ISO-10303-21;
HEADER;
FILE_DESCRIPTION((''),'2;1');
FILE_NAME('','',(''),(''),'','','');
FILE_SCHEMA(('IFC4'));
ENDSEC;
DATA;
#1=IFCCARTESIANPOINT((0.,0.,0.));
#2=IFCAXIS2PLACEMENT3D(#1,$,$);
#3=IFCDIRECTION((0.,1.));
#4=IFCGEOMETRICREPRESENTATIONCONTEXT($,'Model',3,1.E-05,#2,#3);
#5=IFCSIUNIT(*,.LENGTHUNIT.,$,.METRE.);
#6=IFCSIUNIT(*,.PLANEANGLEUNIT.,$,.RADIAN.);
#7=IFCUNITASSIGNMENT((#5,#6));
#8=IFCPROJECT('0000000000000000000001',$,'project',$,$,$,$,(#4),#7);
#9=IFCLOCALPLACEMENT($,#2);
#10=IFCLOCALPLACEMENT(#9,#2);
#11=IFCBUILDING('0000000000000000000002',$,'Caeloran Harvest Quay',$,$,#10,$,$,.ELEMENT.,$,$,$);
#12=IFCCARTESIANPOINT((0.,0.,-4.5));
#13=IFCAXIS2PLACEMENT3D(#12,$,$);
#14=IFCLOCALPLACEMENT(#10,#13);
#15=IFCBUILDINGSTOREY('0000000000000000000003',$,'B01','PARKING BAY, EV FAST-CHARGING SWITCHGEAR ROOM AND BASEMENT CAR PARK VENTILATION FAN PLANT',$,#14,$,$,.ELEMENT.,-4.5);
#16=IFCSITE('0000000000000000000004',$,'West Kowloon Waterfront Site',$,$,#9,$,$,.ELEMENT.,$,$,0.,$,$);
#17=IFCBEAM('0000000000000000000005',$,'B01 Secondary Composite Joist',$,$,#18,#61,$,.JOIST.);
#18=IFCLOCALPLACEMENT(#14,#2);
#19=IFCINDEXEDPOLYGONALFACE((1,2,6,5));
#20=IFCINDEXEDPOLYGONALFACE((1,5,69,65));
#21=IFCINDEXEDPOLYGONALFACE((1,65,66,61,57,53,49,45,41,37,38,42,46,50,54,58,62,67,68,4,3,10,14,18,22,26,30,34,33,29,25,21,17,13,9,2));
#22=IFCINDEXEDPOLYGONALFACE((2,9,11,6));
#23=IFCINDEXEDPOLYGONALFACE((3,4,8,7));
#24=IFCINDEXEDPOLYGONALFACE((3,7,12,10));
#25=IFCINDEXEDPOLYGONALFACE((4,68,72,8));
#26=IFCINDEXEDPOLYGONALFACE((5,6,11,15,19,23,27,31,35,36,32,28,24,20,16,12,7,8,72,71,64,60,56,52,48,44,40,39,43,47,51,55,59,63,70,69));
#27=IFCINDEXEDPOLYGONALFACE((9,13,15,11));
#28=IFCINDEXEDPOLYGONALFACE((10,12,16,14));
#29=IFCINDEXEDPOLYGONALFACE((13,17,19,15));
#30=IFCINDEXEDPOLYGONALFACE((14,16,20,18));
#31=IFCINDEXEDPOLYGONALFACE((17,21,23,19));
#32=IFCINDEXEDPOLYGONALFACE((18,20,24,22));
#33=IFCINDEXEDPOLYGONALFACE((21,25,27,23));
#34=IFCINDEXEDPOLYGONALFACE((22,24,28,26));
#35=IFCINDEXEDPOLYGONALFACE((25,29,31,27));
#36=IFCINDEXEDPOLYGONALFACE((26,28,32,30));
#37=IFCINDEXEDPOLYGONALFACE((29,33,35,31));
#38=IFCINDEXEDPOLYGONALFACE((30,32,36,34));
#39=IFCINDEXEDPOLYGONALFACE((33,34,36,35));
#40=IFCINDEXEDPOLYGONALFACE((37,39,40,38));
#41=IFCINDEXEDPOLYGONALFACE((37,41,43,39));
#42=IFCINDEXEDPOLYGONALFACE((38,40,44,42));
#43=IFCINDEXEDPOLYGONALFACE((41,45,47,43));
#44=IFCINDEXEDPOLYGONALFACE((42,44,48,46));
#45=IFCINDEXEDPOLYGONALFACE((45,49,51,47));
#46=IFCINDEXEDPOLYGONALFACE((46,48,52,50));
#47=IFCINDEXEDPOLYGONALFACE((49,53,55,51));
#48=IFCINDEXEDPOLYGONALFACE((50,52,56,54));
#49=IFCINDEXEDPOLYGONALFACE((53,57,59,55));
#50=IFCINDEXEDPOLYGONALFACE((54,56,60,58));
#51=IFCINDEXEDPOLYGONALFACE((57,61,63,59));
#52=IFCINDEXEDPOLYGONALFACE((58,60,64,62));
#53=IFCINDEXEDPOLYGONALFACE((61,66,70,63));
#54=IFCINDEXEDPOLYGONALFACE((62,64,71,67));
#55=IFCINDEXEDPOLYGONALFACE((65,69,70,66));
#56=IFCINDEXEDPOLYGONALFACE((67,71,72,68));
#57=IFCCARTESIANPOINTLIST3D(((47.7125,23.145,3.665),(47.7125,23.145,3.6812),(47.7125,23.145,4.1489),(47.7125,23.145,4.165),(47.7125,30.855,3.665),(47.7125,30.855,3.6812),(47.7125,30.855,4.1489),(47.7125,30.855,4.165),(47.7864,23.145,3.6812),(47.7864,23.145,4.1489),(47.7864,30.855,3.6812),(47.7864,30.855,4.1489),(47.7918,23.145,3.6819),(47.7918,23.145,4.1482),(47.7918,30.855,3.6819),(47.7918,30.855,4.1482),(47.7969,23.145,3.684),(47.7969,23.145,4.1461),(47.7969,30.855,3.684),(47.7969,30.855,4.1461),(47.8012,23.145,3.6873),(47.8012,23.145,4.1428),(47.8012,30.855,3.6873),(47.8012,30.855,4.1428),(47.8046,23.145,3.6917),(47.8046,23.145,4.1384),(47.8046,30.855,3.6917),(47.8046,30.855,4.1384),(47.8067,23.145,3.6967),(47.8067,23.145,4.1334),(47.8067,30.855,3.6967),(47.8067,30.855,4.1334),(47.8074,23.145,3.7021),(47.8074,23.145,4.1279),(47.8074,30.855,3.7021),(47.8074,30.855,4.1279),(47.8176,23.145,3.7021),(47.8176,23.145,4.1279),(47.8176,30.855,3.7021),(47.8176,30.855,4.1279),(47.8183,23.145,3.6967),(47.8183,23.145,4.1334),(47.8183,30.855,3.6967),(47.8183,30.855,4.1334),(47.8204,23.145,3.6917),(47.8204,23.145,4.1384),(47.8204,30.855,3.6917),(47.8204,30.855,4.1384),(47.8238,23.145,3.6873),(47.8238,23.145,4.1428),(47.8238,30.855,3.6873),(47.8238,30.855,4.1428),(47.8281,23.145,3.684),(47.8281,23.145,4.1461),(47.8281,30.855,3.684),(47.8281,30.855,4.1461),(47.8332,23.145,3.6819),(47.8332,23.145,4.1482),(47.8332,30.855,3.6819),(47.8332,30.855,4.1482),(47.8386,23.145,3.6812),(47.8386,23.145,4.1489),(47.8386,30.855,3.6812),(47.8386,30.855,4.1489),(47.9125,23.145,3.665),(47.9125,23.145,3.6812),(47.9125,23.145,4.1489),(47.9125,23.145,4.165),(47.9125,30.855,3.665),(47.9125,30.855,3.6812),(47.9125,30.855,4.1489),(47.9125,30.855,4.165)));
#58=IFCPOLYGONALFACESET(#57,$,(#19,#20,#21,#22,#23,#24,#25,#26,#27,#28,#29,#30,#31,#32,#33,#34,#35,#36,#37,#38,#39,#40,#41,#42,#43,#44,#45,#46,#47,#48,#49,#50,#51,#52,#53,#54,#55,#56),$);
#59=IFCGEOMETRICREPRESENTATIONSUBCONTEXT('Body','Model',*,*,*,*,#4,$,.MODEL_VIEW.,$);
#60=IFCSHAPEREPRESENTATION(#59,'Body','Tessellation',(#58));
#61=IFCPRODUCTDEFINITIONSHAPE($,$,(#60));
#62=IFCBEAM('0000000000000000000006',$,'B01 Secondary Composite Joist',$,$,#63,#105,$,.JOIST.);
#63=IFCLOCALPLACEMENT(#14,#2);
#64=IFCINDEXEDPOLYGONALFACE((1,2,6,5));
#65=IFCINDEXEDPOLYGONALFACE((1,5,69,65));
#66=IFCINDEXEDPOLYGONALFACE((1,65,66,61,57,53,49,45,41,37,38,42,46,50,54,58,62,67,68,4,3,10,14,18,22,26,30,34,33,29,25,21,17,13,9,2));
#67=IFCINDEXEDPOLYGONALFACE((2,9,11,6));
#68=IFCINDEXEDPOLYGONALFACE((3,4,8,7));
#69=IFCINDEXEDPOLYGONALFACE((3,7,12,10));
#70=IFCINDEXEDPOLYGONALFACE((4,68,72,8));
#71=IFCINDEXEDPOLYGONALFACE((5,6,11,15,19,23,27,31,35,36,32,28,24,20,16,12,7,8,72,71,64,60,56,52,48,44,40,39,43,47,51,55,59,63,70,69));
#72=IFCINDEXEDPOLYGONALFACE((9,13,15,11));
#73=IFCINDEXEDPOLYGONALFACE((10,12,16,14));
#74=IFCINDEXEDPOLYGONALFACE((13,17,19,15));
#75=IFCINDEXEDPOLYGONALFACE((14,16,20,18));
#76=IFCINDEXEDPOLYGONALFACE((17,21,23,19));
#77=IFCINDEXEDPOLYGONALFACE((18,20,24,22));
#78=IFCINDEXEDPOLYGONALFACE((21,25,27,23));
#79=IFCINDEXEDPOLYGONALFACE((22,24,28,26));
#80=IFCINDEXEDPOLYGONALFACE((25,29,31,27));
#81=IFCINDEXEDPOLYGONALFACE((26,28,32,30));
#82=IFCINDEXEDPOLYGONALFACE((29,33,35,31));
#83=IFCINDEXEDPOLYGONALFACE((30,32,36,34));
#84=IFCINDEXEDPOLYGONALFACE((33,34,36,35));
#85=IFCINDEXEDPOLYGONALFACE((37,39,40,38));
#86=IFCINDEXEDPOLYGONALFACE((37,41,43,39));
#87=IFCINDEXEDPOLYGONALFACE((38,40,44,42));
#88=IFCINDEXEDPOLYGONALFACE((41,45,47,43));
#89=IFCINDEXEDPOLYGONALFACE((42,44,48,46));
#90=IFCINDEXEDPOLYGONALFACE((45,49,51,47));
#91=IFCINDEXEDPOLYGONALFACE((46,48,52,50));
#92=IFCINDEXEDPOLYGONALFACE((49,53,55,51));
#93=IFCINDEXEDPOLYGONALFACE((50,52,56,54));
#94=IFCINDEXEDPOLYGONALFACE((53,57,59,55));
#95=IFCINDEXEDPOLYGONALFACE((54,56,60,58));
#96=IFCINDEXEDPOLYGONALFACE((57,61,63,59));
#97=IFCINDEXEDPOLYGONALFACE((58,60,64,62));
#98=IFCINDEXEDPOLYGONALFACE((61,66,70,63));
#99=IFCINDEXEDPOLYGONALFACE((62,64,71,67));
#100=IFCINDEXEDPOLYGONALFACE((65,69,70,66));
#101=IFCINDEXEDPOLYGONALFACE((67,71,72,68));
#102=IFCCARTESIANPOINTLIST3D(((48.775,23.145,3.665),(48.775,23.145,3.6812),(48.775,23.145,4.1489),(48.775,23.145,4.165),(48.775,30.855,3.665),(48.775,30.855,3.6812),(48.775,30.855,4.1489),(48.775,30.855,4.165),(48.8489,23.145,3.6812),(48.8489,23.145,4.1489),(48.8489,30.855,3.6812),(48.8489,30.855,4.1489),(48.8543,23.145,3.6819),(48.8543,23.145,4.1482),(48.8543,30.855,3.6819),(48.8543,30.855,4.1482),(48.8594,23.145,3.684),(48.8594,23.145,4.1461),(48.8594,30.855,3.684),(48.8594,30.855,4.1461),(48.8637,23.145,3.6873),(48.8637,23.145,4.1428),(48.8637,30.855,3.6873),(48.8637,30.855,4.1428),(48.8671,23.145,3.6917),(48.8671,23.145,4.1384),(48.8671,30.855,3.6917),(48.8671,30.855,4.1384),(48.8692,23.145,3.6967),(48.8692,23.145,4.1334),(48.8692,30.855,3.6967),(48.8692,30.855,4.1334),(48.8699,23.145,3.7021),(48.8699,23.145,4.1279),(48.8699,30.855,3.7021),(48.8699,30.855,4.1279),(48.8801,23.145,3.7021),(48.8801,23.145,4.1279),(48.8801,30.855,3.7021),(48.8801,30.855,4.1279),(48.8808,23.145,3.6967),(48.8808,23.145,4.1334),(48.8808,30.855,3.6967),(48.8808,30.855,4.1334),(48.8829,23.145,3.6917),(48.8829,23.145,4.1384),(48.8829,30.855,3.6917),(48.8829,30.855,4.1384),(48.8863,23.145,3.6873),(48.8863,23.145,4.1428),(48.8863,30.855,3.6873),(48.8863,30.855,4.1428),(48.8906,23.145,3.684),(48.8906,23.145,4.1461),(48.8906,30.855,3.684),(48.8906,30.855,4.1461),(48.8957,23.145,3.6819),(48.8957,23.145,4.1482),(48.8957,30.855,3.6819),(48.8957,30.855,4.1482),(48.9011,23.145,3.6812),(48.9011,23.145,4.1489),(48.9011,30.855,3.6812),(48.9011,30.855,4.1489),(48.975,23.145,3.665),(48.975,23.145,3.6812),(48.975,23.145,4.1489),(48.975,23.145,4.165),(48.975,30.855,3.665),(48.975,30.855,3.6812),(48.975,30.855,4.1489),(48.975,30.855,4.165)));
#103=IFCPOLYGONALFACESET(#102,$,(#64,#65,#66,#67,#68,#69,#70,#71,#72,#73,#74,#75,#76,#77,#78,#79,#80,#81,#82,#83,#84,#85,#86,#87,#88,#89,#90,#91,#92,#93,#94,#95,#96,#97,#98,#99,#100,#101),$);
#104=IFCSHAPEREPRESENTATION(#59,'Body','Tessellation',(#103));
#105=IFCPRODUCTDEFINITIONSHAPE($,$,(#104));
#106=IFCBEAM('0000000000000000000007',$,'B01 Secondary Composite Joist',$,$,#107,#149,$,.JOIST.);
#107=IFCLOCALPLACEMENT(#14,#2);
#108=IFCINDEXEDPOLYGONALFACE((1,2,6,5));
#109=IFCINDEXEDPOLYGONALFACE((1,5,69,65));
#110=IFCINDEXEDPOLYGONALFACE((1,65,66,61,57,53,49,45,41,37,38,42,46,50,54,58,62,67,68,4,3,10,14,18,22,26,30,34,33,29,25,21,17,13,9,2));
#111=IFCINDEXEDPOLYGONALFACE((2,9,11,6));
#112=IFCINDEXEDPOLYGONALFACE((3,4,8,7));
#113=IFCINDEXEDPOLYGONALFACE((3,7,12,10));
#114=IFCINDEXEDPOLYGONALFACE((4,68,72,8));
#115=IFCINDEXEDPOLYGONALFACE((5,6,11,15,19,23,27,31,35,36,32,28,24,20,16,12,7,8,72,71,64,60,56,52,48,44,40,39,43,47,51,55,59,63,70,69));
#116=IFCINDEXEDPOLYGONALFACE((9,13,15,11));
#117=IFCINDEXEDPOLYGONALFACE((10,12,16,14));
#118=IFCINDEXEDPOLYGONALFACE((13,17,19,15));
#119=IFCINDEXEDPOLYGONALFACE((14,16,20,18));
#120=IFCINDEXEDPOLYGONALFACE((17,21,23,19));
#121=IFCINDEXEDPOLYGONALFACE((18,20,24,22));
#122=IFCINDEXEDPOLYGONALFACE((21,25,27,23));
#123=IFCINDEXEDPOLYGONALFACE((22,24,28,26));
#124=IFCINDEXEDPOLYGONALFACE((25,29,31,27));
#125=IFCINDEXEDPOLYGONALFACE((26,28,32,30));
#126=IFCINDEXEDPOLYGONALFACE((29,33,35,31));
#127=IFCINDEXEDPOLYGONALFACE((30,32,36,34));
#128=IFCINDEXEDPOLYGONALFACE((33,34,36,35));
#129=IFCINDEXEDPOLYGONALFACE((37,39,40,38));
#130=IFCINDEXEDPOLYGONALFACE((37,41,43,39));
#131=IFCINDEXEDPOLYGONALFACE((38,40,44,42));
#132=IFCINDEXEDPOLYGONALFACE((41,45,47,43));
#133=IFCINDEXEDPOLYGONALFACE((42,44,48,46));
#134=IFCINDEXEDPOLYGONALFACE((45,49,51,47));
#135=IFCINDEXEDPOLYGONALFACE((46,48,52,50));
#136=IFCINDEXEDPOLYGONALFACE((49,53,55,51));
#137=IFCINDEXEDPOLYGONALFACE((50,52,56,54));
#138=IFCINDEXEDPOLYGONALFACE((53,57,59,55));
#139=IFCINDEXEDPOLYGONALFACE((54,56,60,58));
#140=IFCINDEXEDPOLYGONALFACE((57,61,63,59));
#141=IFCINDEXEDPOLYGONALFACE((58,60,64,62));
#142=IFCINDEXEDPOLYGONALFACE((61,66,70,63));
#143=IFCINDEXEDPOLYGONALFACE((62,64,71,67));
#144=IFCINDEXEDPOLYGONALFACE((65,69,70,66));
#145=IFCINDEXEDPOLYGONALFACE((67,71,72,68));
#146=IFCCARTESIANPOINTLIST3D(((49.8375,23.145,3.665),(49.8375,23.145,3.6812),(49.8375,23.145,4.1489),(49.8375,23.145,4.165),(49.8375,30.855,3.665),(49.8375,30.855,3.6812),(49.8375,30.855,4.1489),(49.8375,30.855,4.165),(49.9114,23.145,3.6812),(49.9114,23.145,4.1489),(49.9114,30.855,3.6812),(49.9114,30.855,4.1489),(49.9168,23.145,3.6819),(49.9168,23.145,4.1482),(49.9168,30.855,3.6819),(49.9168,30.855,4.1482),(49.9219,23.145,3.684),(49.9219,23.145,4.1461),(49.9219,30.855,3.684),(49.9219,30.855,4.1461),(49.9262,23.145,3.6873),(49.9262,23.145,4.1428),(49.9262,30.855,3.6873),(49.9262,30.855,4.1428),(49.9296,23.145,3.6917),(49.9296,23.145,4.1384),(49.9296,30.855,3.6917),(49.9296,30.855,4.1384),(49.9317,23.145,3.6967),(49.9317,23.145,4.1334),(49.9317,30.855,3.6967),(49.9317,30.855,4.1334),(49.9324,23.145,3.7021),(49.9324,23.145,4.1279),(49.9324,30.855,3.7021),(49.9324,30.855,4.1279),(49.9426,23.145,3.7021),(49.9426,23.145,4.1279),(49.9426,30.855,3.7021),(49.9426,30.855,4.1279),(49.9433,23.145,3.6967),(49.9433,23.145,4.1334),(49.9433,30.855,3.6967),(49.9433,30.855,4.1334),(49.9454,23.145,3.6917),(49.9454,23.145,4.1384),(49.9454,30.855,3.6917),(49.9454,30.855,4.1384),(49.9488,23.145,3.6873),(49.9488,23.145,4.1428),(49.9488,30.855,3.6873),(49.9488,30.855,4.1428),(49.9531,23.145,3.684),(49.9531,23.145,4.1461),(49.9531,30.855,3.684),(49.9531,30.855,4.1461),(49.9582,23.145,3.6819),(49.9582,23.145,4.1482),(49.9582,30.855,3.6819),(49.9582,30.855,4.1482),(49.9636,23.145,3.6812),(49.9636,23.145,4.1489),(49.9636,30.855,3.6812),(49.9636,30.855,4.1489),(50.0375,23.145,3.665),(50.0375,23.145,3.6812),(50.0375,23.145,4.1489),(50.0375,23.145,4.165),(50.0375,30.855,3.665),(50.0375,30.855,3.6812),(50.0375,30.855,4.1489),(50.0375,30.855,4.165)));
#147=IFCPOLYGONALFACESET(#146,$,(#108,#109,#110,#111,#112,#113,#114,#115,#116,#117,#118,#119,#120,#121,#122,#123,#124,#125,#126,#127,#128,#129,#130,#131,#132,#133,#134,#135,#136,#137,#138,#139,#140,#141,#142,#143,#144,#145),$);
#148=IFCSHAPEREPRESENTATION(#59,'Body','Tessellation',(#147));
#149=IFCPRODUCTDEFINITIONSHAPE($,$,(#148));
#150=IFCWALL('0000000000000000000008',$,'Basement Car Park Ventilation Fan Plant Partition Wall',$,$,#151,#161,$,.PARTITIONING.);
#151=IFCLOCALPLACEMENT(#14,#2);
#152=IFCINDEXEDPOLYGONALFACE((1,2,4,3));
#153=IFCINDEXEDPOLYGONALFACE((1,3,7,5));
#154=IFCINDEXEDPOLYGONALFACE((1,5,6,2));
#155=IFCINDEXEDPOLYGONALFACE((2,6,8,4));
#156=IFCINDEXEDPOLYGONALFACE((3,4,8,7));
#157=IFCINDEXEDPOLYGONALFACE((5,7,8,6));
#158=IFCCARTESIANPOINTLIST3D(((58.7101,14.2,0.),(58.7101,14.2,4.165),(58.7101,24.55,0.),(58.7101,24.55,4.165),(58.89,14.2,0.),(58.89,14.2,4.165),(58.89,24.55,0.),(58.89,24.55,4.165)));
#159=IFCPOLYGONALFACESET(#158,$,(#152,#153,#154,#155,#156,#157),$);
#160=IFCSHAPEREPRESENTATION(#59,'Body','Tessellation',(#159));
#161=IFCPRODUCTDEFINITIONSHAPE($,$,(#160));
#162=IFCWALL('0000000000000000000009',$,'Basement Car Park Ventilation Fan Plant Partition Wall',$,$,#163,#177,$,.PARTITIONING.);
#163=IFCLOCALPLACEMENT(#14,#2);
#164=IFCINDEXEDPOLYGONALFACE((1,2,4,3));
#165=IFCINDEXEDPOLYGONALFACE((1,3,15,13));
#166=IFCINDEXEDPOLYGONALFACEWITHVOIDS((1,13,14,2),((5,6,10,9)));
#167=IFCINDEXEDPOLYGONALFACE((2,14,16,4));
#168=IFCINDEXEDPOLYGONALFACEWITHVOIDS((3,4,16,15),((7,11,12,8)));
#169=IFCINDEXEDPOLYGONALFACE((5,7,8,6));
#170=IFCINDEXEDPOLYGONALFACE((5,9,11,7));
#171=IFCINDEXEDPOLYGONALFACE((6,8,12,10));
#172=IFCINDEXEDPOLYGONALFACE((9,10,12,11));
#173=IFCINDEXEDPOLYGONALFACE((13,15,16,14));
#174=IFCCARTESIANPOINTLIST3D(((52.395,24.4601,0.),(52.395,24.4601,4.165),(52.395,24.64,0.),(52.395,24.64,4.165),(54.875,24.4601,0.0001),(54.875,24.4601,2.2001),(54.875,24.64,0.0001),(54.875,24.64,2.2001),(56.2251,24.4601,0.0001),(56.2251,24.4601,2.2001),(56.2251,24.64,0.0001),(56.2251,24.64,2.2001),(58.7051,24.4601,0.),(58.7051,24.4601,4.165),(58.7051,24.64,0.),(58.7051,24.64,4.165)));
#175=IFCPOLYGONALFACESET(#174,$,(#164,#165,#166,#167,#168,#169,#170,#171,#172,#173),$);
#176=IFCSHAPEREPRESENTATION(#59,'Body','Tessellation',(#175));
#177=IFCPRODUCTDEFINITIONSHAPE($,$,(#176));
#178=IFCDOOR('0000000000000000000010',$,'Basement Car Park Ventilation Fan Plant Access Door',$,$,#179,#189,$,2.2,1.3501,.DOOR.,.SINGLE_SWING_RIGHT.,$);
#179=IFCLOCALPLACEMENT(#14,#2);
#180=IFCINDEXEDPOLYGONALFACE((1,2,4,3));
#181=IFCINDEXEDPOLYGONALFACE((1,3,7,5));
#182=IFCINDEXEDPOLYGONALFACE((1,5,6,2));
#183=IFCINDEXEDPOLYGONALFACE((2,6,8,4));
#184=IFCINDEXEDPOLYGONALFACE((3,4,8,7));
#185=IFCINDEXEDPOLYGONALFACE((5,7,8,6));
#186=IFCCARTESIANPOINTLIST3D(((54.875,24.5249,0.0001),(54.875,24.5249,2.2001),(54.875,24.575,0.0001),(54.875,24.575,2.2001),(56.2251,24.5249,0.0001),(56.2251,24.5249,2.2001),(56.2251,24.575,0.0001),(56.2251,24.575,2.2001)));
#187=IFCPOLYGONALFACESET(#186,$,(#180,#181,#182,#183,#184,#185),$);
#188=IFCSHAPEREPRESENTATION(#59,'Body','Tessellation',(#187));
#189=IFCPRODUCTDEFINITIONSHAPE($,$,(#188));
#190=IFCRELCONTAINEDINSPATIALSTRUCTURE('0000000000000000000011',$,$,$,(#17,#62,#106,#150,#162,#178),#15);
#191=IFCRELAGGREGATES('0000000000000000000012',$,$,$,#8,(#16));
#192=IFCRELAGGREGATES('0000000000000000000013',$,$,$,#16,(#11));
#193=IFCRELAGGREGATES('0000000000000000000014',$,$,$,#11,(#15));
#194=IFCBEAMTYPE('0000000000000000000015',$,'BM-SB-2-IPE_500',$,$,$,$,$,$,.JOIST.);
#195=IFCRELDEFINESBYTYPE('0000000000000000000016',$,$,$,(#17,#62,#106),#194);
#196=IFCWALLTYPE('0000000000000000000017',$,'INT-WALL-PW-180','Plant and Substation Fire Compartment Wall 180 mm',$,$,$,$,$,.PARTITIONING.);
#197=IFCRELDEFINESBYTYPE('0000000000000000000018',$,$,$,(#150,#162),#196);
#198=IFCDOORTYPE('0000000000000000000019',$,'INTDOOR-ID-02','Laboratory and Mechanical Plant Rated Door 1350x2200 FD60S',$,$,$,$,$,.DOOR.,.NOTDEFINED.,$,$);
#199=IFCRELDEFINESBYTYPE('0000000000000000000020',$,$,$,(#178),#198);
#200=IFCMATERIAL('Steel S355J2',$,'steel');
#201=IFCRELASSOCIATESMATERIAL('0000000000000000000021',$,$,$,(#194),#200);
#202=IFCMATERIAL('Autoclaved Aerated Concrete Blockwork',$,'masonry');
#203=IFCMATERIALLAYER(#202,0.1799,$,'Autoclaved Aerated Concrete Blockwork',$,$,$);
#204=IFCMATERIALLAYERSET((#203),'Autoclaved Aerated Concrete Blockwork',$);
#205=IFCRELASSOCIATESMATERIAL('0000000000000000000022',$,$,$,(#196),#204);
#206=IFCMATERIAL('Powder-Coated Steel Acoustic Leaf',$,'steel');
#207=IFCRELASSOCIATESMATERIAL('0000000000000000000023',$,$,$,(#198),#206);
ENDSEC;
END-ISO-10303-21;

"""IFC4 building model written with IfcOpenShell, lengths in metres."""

from ifc_helpers import new_model, si_unit, direction, frame, frame_2d, origin, origin_2d, place, context, subcontext, project, spatial, rectangle, i_section, extrude, material, layer, layer_set, material_profile, profile_set, type_object, element, fill, save


model = new_model("IFC4")

# Units and contexts
model_context = context("Model", 3, precision=1e-05, world=origin(), true_north=direction((0.0, 1.0)))
body_context = subcontext(model_context, "Body", "Model", "MODEL_VIEW")
ifc_project = project(units=[si_unit("LENGTHUNIT", "METRE"), si_unit("PLANEANGLEUNIT", "RADIAN")], contexts=[model_context])

# Site, building, storey
site_placement = place(None, origin())
site = spatial("IfcSite", under=ifc_project, at=site_placement, Name="West Kowloon Waterfront Site", CompositionType="ELEMENT", RefElevation=0.0)
building_placement = place(site_placement, origin())
building = spatial("IfcBuilding", under=site, at=building_placement, Name="Caeloran Harvest Quay", CompositionType="ELEMENT")
storey_placement = place(building_placement, frame((0.0, 0.0, -4.5)))
storey = spatial("IfcBuildingStorey", under=building, at=storey_placement, Name="B01", Description="PARKING BAY, EV FAST-CHARGING SWITCHGEAR ROOM AND BASEMENT CAR PARK VENTILATION FAN PLANT", CompositionType="ELEMENT", Elevation=-4.5)

# Beams
ifc_material_1 = material(Name="Steel S355J2", Category="steel")
ifc_material_profile_1 = material_profile(ifc_material_1, i_section(OverallWidth=0.2, OverallDepth=0.5, WebThickness=0.0103, FlangeThickness=0.0161, FilletRadius=0.021, at=origin_2d()), Name="IPE 500")
ifc_profile_set_1 = profile_set([ifc_material_profile_1], Name="Steel S355J2")
beam_type_1 = type_object("IfcBeamType", Name="BM-SB-2-IPE_500", PredefinedType="JOIST", material=ifc_profile_set_1)
for number, where, z_axis, x_axis, name in (
    (1, (47.8125, 23.145, 3.915), (0.0, 1.0, 0.0), (-1.0, 0.0, 0.0), "B01 Secondary Composite Joist"),
    (2, (48.875, 23.145, 3.915), (0.0, 1.0, 0.0), (-1.0, 0.0, 0.0), "B01 Secondary Composite Joist"),
    (3, (49.9375, 23.145, 3.915), (0.0, 1.0, 0.0), (-1.0, 0.0, 0.0), "B01 Secondary Composite Joist"),
):
    element("IfcBeam", number, at=place(storey_placement, frame(where, z_axis=z_axis, x_axis=x_axis)), inside=storey, type_object=beam_type_1, Name=name, PredefinedType="JOIST", context=body_context, shape_type="SweptSolid", body=[
        extrude(i_section(OverallWidth=0.2, OverallDepth=0.5, WebThickness=0.0103, FlangeThickness=0.0161, FilletRadius=0.021, at=origin_2d()), origin(), (0.0, 0.0, 1.0), 7.71),
    ])

# Wall
ifc_material_2 = material(Name="Autoclaved Aerated Concrete Blockwork", Category="masonry")
ifc_layer = layer(ifc_material_2, 0.1799, Name="Autoclaved Aerated Concrete Blockwork")
ifc_layer_set = layer_set([ifc_layer], Name="Autoclaved Aerated Concrete Blockwork")
wall_type = type_object("IfcWallType", Name="INT-WALL-PW-180", Description="Plant and Substation Fire Compartment Wall 180 mm", PredefinedType="PARTITIONING", material=ifc_layer_set)
wall_1_placement = place(storey_placement, frame((58.8, 24.55, 0.0), z_axis=(0.0, 0.0, 1.0), x_axis=(0.0, -1.0, 0.0)))
element("IfcWall", 4, at=wall_1_placement, inside=storey, type_object=wall_type, Name="Basement Car Park Ventilation Fan Plant Partition Wall", PredefinedType="PARTITIONING", context=body_context, shape_type="SweptSolid", body=[
    extrude(rectangle(XDim=10.3501, YDim=0.1799, at=frame_2d((5.175, 0.0))), origin(), (0.0, 0.0, 1.0), 4.165),
])

# Wall, opening, door
wall_2_placement = place(storey_placement, frame((52.395, 24.55, 0.0), z_axis=(0.0, 0.0, 1.0), x_axis=(1.0, 0.0, 0.0)))
wall_2 = element("IfcWall", 5, at=wall_2_placement, inside=storey, type_object=wall_type, Name="Basement Car Park Ventilation Fan Plant Partition Wall", PredefinedType="PARTITIONING", context=body_context, shape_type="SweptSolid", body=[
    extrude(rectangle(XDim=6.3101, YDim=0.1799, at=frame_2d((3.155, 0.0))), origin(), (0.0, 0.0, 1.0), 4.165),
])
opening_1_placement = place(wall_2_placement, frame((2.48, 0.0, 0.0)))
opening_1 = element("IfcOpeningElement", 6, at=opening_1_placement, cuts=wall_2, PredefinedType="OPENING", context=body_context, shape_type="SweptSolid", body=[
    extrude(rectangle(XDim=1.3501, YDim=2.2, at=frame_2d((0.675, 1.1001))), frame((0.0, 0.1001, 0.0), z_axis=(0.0, -1.0, 0.0), x_axis=(1.0, 0.0, 0.0)), (0.0, 0.0, 1.0), 0.2),
])
ifc_material_3 = material(Name="Powder-Coated Steel Acoustic Leaf", Category="steel")
door_type = type_object("IfcDoorType", Name="INTDOOR-ID-02", Description="Laboratory and Mechanical Plant Rated Door 1350x2200 FD60S", OperationType="NOTDEFINED", PredefinedType="DOOR", material=ifc_material_3)
door_1_placement = place(opening_1_placement, origin())
door_1 = element("IfcDoor", 7, at=door_1_placement, inside=storey, type_object=door_type, Name="Basement Car Park Ventilation Fan Plant Access Door", OperationType="SINGLE_SWING_RIGHT", OverallHeight=2.2, OverallWidth=1.3501, PredefinedType="DOOR", context=body_context, shape_type="SweptSolid", body=[
    extrude(rectangle(XDim=1.3501, YDim=2.2, at=frame_2d((0.675, 1.1001))), frame((0.0, 0.0249, 0.0), z_axis=(0.0, -1.0, 0.0), x_axis=(1.0, 0.0, 0.0)), (0.0, 0.0, 1.0), 0.05),
])
fill(opening_1, door_1)

save(model, "model.ifc")
